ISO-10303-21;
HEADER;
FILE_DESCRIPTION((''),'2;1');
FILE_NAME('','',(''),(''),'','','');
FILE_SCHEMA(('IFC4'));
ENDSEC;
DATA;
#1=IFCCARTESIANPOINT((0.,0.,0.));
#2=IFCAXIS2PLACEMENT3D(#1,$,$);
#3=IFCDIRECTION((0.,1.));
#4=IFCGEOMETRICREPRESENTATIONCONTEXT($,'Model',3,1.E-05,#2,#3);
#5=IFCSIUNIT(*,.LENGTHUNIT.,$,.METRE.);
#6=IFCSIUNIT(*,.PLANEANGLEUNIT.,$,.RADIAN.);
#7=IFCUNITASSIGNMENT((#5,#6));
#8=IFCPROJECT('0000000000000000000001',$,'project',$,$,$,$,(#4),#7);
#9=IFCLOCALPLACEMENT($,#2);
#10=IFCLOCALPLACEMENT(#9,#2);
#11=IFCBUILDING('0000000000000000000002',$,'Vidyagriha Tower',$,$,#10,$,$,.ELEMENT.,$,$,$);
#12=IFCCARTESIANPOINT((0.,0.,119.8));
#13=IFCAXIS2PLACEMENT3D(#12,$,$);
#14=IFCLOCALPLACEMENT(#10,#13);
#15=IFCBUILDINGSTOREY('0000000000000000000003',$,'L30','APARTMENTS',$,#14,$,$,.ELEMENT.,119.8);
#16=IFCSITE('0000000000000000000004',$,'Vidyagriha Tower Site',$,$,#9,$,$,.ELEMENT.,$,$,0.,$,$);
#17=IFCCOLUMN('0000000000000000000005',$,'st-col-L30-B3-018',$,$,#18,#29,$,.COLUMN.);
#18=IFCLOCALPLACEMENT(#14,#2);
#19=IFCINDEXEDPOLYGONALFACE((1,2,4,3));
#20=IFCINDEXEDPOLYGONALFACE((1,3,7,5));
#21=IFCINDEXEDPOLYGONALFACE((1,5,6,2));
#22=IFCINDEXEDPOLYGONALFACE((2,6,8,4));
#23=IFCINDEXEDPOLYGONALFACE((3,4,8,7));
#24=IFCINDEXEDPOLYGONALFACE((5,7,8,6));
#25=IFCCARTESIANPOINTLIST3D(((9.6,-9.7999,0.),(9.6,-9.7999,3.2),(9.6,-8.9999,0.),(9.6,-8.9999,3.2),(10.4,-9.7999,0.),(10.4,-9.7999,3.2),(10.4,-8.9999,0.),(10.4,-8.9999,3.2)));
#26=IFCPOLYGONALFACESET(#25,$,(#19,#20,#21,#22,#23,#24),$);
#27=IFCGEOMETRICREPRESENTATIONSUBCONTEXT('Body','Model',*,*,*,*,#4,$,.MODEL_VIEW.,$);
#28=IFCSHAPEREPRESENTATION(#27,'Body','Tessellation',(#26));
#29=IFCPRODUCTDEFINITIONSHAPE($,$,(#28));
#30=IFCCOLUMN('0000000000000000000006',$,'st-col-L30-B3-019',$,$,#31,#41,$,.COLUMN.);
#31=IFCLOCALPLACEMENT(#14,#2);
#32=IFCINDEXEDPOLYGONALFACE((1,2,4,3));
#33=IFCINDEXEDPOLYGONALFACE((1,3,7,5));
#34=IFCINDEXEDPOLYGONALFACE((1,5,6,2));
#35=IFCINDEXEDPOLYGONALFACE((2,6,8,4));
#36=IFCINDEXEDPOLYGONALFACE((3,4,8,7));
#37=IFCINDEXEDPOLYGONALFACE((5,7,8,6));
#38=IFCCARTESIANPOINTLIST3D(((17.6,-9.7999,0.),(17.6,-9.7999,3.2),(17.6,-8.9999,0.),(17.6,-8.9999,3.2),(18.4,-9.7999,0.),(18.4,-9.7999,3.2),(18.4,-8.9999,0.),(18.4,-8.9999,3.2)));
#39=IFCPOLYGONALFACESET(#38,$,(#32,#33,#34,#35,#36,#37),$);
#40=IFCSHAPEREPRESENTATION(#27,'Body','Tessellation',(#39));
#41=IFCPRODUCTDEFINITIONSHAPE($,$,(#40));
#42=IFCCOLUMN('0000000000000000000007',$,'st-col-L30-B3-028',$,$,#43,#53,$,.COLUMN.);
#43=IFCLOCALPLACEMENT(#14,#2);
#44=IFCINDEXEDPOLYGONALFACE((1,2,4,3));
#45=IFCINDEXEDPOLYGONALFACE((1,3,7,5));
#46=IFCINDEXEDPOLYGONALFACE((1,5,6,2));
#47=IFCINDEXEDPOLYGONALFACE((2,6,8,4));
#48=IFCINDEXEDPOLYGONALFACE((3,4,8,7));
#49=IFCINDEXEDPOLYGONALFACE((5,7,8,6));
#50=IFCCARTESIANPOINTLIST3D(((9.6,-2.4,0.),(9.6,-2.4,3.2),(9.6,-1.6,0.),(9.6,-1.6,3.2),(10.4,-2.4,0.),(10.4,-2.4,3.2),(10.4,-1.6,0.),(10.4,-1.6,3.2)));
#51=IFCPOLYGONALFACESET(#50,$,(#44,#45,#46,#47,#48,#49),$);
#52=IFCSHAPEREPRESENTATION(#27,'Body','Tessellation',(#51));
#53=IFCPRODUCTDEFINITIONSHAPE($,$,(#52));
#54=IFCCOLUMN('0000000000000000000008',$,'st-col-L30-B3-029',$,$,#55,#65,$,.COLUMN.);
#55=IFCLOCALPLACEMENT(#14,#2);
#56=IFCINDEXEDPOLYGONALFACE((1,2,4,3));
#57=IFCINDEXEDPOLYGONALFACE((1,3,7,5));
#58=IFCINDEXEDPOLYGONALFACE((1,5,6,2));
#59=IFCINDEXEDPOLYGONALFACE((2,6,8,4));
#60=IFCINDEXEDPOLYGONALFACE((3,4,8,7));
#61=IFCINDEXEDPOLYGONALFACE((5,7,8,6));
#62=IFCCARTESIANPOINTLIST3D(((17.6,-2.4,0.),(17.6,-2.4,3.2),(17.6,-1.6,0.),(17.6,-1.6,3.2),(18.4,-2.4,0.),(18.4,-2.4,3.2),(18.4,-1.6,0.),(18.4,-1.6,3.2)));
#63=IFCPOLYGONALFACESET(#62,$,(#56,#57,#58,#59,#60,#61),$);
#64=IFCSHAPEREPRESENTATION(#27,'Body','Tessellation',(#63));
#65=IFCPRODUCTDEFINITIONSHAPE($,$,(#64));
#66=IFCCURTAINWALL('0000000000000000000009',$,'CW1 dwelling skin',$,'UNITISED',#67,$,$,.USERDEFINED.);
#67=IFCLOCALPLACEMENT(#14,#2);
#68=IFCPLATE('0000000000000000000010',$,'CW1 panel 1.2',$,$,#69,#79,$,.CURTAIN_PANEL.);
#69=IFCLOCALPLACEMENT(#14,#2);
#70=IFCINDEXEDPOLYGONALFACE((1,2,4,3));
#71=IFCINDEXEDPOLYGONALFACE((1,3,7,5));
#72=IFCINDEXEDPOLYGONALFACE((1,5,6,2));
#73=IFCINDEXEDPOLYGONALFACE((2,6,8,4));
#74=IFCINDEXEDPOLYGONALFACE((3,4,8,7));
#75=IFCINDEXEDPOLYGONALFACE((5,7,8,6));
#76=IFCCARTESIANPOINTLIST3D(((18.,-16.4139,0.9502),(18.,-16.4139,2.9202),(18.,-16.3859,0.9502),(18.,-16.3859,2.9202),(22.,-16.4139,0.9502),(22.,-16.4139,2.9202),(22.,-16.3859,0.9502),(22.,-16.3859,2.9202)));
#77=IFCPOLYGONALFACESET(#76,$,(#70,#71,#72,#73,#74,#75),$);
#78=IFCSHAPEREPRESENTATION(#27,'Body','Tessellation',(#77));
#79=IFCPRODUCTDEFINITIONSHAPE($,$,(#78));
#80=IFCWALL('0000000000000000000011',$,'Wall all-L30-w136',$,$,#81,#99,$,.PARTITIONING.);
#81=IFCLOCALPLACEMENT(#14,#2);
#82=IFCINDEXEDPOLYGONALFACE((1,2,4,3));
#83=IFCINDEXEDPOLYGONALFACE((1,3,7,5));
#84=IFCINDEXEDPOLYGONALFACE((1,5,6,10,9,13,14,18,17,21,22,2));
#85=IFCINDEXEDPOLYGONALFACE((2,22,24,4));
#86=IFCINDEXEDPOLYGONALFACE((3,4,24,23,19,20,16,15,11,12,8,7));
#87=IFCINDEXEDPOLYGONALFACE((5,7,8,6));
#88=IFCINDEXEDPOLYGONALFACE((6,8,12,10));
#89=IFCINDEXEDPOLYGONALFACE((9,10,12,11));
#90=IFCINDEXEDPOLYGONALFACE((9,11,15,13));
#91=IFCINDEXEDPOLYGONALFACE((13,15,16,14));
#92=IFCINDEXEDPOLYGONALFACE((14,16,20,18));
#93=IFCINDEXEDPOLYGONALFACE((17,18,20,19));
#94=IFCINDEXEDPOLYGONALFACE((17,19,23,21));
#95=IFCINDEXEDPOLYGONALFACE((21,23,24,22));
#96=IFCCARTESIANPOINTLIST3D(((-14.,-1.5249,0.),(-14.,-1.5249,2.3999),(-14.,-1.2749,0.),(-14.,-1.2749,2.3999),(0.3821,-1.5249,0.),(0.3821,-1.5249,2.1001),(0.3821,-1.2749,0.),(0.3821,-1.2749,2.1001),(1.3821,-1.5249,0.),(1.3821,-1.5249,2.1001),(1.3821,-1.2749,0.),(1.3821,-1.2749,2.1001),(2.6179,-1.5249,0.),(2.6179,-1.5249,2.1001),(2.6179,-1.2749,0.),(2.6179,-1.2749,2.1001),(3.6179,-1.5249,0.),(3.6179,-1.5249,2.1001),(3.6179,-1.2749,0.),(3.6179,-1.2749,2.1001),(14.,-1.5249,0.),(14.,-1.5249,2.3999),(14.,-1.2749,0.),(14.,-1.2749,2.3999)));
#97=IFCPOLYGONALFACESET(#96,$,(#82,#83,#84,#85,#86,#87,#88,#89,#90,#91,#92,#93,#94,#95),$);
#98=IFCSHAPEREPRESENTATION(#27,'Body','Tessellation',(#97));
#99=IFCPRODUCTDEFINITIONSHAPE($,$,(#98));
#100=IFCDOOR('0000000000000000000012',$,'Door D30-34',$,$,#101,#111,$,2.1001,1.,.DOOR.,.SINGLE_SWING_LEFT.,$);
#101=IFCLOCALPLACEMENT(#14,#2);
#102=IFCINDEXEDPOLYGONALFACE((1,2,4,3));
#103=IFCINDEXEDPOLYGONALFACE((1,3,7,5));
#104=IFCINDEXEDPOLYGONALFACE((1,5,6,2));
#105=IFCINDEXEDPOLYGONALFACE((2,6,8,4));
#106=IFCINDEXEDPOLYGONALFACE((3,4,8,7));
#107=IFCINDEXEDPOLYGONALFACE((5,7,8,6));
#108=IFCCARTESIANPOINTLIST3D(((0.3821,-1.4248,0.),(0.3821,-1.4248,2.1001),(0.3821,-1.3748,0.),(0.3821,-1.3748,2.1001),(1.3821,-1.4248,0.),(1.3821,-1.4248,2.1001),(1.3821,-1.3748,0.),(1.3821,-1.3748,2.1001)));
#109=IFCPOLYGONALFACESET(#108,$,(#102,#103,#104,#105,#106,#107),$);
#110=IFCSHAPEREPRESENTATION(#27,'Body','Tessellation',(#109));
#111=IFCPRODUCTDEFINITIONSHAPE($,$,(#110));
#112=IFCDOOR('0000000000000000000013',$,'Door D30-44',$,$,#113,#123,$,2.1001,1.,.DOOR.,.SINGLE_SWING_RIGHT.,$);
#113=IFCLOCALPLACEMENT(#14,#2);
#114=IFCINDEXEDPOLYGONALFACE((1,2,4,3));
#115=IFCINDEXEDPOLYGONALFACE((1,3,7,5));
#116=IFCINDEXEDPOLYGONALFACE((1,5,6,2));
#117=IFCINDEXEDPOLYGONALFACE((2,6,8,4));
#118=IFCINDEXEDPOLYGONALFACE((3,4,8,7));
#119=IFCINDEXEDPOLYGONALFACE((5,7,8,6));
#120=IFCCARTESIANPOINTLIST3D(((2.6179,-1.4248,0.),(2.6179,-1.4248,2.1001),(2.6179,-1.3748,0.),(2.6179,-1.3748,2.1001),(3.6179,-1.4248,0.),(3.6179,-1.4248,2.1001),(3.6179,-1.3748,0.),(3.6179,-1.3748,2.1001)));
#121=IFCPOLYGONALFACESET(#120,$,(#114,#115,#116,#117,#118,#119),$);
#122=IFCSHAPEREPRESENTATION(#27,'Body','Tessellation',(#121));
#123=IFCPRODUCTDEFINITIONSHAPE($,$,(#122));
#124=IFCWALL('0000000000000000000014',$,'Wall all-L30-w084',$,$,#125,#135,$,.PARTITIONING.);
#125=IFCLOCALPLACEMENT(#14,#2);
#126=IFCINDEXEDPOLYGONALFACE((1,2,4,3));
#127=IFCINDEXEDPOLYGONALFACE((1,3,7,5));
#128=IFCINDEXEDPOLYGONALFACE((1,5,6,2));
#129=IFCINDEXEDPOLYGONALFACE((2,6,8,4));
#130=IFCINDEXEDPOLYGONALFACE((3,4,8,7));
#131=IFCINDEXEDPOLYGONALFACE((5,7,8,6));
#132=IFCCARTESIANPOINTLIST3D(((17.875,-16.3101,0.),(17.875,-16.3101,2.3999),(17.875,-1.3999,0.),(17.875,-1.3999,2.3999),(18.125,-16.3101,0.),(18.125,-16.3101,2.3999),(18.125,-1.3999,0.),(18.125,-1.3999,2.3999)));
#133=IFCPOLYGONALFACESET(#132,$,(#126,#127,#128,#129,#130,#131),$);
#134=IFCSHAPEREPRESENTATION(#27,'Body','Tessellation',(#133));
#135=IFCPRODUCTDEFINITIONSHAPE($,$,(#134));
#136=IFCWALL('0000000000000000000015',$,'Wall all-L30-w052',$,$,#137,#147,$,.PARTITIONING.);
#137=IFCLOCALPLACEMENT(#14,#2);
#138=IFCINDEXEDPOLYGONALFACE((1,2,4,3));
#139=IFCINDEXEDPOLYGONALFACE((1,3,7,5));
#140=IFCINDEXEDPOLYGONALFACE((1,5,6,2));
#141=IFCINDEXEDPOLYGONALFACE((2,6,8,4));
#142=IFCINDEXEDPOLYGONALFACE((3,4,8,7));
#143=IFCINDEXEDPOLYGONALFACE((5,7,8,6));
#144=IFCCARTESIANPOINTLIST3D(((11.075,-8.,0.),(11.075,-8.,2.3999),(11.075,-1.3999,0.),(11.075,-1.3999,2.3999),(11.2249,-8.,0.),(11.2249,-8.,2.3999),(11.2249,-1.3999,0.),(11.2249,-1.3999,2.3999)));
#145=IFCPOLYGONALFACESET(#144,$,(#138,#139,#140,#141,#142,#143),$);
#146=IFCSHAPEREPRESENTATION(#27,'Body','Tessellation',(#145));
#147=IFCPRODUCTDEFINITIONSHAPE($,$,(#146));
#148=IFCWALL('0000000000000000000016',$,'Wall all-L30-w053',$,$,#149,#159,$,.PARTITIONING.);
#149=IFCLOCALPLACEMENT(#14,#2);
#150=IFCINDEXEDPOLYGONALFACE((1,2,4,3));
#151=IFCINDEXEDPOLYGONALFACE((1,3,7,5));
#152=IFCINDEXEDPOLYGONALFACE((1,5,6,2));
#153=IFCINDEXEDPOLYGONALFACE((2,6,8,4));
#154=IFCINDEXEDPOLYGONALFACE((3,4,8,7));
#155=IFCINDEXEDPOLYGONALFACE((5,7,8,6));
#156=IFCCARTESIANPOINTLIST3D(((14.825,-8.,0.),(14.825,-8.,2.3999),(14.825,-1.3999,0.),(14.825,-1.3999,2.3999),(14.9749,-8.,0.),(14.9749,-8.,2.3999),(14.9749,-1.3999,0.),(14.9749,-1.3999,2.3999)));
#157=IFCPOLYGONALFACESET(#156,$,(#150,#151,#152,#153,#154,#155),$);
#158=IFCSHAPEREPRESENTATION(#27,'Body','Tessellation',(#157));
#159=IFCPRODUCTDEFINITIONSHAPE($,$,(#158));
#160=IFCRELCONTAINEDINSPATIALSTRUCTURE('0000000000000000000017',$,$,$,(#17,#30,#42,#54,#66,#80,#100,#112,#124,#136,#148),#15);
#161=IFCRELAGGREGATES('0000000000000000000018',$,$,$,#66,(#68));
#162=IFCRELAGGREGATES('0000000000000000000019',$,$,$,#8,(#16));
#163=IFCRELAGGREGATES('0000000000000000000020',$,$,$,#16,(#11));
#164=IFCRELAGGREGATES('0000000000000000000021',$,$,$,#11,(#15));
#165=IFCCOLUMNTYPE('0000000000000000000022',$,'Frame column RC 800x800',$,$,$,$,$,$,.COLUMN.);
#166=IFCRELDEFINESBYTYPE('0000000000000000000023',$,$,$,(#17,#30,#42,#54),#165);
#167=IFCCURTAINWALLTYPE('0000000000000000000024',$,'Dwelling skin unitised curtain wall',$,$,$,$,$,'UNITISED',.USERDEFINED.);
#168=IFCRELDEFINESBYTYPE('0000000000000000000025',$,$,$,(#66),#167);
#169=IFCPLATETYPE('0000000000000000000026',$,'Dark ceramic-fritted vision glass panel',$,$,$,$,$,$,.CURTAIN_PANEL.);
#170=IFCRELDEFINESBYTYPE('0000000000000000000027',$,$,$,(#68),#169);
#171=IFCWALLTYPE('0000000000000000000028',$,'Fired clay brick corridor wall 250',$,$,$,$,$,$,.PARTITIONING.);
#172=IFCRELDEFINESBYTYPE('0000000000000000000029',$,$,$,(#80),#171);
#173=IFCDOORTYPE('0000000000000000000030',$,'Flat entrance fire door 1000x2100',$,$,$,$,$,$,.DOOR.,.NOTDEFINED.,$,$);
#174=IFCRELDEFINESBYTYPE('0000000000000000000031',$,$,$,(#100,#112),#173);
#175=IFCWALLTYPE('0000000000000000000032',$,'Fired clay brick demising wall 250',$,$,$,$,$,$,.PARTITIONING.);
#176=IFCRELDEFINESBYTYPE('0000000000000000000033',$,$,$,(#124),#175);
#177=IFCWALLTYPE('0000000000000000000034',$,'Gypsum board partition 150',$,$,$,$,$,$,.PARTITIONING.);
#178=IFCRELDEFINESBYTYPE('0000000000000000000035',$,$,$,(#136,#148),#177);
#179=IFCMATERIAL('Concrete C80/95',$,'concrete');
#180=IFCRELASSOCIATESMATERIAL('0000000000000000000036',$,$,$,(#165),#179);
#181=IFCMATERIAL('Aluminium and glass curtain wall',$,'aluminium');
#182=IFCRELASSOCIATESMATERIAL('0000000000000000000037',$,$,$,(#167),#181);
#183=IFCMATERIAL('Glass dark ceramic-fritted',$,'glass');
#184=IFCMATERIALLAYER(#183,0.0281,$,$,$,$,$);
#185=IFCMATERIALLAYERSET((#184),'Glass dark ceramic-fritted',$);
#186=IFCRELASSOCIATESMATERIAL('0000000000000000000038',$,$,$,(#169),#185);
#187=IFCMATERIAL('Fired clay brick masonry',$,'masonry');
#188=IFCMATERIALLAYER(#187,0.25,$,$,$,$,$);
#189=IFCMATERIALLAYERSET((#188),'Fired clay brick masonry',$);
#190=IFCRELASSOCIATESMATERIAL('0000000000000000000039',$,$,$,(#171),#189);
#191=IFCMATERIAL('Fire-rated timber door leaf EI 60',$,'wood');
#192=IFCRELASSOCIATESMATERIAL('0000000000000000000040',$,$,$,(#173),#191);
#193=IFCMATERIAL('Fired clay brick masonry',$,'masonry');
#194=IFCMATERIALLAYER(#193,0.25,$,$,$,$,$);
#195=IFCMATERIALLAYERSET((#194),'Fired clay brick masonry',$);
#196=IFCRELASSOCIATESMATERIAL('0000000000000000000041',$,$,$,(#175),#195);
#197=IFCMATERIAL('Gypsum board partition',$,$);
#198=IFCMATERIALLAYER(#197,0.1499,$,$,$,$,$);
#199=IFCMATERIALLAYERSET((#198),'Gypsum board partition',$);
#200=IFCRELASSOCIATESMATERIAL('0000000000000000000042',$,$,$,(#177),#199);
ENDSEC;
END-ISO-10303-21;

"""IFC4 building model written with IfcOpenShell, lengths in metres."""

from ifc_helpers import new_model, si_unit, direction, frame, frame_2d, origin, origin_2d, place, context, subcontext, project, spatial, rectangle, extrude, material, layer, layer_set, material_profile, profile_set, type_object, element, fill, aggregate, save


model = new_model("IFC4")

# Units and contexts
model_context = context("Model", 3, precision=1e-05, world=origin(), true_north=direction((0.0, 1.0)))
body_context = subcontext(model_context, "Body", "Model", "MODEL_VIEW")
ifc_project = project(units=[si_unit("LENGTHUNIT", "METRE"), si_unit("PLANEANGLEUNIT", "RADIAN")], contexts=[model_context])

# Site, building, storey
site_placement = place(None, origin())
site = spatial("IfcSite", under=ifc_project, at=site_placement, Name="Vidyagriha Tower Site", CompositionType="ELEMENT", RefElevation=0.0)
building_placement = place(site_placement, origin())
building = spatial("IfcBuilding", under=site, at=building_placement, Name="Vidyagriha Tower", CompositionType="ELEMENT")
storey_placement = place(building_placement, frame((0.0, 0.0, 119.8)))
storey = spatial("IfcBuildingStorey", under=building, at=storey_placement, Name="L30", Description="APARTMENTS", CompositionType="ELEMENT", Elevation=119.8)

# Columns
ifc_material_1 = material(Name="Concrete C80/95", Category="concrete")
ifc_material_profile = material_profile(ifc_material_1, rectangle(XDim=0.8, YDim=0.8, at=origin_2d()), Name="RC 800x800")
ifc_profile_set = profile_set([ifc_material_profile], Name="Concrete C80/95")
column_type = type_object("IfcColumnType", Name="Frame column RC 800x800", PredefinedType="COLUMN", material=ifc_profile_set)
for number, where, name in (
    (1, (10.0, -9.3999, 0.0), "st-col-L30-B3-018"),
    (2, (18.0, -9.3999, 0.0), "st-col-L30-B3-019"),
    (3, (10.0, -2.0, 0.0), "st-col-L30-B3-028"),
    (4, (18.0, -2.0, 0.0), "st-col-L30-B3-029"),
):
    element("IfcColumn", number, at=place(storey_placement, frame(where)), inside=storey, type_object=column_type, Name=name, PredefinedType="COLUMN", context=body_context, shape_type="SweptSolid", body=[
        extrude(rectangle(XDim=0.8, YDim=0.8, at=origin_2d()), origin(), (0.0, 0.0, 1.0), 3.2),
    ])

# Curtain wall, plate
ifc_material_2 = material(Name="Aluminium and glass curtain wall", Category="aluminium")
curtain_wall_type = type_object("IfcCurtainWallType", Name="Dwelling skin unitised curtain wall", ElementType="UNITISED", PredefinedType="USERDEFINED", material=ifc_material_2)
curtain_wall_placement = place(storey_placement, origin())
curtain_wall = element("IfcCurtainWall", 5, at=curtain_wall_placement, inside=storey, type_object=curtain_wall_type, Name="CW1 dwelling skin", ObjectType="UNITISED", PredefinedType="USERDEFINED")
ifc_material_3 = material(Name="Glass dark ceramic-fritted", Category="glass")
ifc_layer_1 = layer(ifc_material_3, 0.0281)
ifc_layer_set_1 = layer_set([ifc_layer_1], Name="Glass dark ceramic-fritted")
plate_type = type_object("IfcPlateType", Name="Dark ceramic-fritted vision glass panel", PredefinedType="CURTAIN_PANEL", material=ifc_layer_set_1)
plate_placement = place(storey_placement, frame((20.0, -16.3999, 0.9502)))
plate = element("IfcPlate", 6, at=plate_placement, type_object=plate_type, Name="CW1 panel 1.2", PredefinedType="CURTAIN_PANEL", context=body_context, shape_type="SweptSolid", body=[
    extrude(rectangle(XDim=4.0, YDim=0.0281, at=origin_2d()), origin(), (0.0, 0.0, 1.0), 1.97),
])
aggregate(curtain_wall, [plate])

# Wall, openings, doors
ifc_material_4 = material(Name="Fired clay brick masonry", Category="masonry")
ifc_layer_2 = layer(ifc_material_4, 0.25)
ifc_layer_set_2 = layer_set([ifc_layer_2], Name="Fired clay brick masonry")
wall_type_1 = type_object("IfcWallType", Name="Fired clay brick corridor wall 250", PredefinedType="PARTITIONING", material=ifc_layer_set_2)
wall_1_placement = place(storey_placement, frame((14.0, -1.3999, 0.0), z_axis=(0.0, 0.0, 1.0), x_axis=(-1.0, 0.0, 0.0)))
wall_1 = element("IfcWall", 7, at=wall_1_placement, inside=storey, type_object=wall_type_1, Name="Wall all-L30-w136", PredefinedType="PARTITIONING", context=body_context, shape_type="SweptSolid", body=[
    extrude(rectangle(XDim=28.0, YDim=0.25, at=frame_2d((14.0, 0.0))), origin(), (0.0, 0.0, 1.0), 2.3999),
])
opening_1_placement = place(wall_1_placement, frame((12.6179, 0.0, 0.0)))
opening_1 = element("IfcOpeningElement", 8, at=opening_1_placement, cuts=wall_1, PredefinedType="OPENING", context=body_context, shape_type="SweptSolid", body=[
    extrude(rectangle(XDim=1.0, YDim=2.1001, at=frame_2d((0.5, 1.05))), frame((0.0, 0.135, 0.0), z_axis=(0.0, -1.0, 0.0), x_axis=(1.0, 0.0, 0.0)), (0.0, 0.0, 1.0), 0.27),
])
opening_2_placement = place(wall_1_placement, frame((10.3821, 0.0, 0.0)))
opening_2 = element("IfcOpeningElement", 9, at=opening_2_placement, cuts=wall_1, PredefinedType="OPENING", context=body_context, shape_type="SweptSolid", body=[
    extrude(rectangle(XDim=1.0, YDim=2.1001, at=frame_2d((0.5, 1.05))), frame((0.0, 0.135, 0.0), z_axis=(0.0, -1.0, 0.0), x_axis=(1.0, 0.0, 0.0)), (0.0, 0.0, 1.0), 0.27),
])
ifc_material_5 = material(Name="Fire-rated timber door leaf EI 60", Category="wood")
door_type_1 = type_object("IfcDoorType", Name="Flat entrance fire door 1000x2100", OperationType="NOTDEFINED", PredefinedType="DOOR", material=ifc_material_5)
door_1_placement = place(opening_1_placement, origin())
door_1 = element("IfcDoor", 10, at=door_1_placement, inside=storey, type_object=door_type_1, Name="Door D30-34", OperationType="SINGLE_SWING_LEFT", OverallHeight=2.1001, OverallWidth=1.0, PredefinedType="DOOR", context=body_context, shape_type="SweptSolid", body=[
    extrude(rectangle(XDim=1.0, YDim=2.1001, at=frame_2d((0.5, 1.05))), frame((0.0, 0.0249, 0.0), z_axis=(0.0, -1.0, 0.0), x_axis=(1.0, 0.0, 0.0)), (0.0, 0.0, 1.0), 0.05),
])
fill(opening_1, door_1)
door_2_placement = place(opening_2_placement, origin())
door_2 = element("IfcDoor", 11, at=door_2_placement, inside=storey, type_object=door_type_1, Name="Door D30-44", OperationType="SINGLE_SWING_RIGHT", OverallHeight=2.1001, OverallWidth=1.0, PredefinedType="DOOR", context=body_context, shape_type="SweptSolid", body=[
    extrude(rectangle(XDim=1.0, YDim=2.1001, at=frame_2d((0.5, 1.05))), frame((0.0, 0.0249, 0.0), z_axis=(0.0, -1.0, 0.0), x_axis=(1.0, 0.0, 0.0)), (0.0, 0.0, 1.0), 0.05),
])
fill(opening_2, door_2)

# Walls
ifc_material_6 = material(Name="Fired clay brick masonry", Category="masonry")
ifc_layer_3 = layer(ifc_material_6, 0.25)
ifc_layer_set_3 = layer_set([ifc_layer_3], Name="Fired clay brick masonry")
wall_type_2 = type_object("IfcWallType", Name="Fired clay brick demising wall 250", PredefinedType="PARTITIONING", material=ifc_layer_set_3)
wall_2_placement = place(storey_placement, frame((18.0, -1.3999, 0.0), z_axis=(0.0, 0.0, 1.0), x_axis=(0.0, -1.0, 0.0)))
element("IfcWall", 12, at=wall_2_placement, inside=storey, type_object=wall_type_2, Name="Wall all-L30-w084", PredefinedType="PARTITIONING", context=body_context, shape_type="SweptSolid", body=[
    extrude(rectangle(XDim=14.9102, YDim=0.25, at=frame_2d((7.4551, 0.0))), origin(), (0.0, 0.0, 1.0), 2.3999),
])
ifc_material_7 = material(Name="Gypsum board partition")
ifc_layer_4 = layer(ifc_material_7, 0.1499)
ifc_layer_set_4 = layer_set([ifc_layer_4], Name="Gypsum board partition")
wall_type_3 = type_object("IfcWallType", Name="Gypsum board partition 150", PredefinedType="PARTITIONING", material=ifc_layer_set_4)
for number, where, z_axis, x_axis, name in (
    (13, (11.1499, -1.3999, 0.0), (0.0, 0.0, 1.0), (0.0, -1.0, 0.0), "Wall all-L30-w052"),
    (14, (14.8999, -1.3999, 0.0), (0.0, 0.0, 1.0), (0.0, -1.0, 0.0), "Wall all-L30-w053"),
):
    element("IfcWall", number, at=place(storey_placement, frame(where, z_axis=z_axis, x_axis=x_axis)), inside=storey, type_object=wall_type_3, Name=name, PredefinedType="PARTITIONING", context=body_context, shape_type="SweptSolid", body=[
        extrude(rectangle(XDim=6.6001, YDim=0.1499, at=frame_2d((3.3, 0.0))), origin(), (0.0, 0.0, 1.0), 2.3999),
    ])

save(model, "model.ifc")
